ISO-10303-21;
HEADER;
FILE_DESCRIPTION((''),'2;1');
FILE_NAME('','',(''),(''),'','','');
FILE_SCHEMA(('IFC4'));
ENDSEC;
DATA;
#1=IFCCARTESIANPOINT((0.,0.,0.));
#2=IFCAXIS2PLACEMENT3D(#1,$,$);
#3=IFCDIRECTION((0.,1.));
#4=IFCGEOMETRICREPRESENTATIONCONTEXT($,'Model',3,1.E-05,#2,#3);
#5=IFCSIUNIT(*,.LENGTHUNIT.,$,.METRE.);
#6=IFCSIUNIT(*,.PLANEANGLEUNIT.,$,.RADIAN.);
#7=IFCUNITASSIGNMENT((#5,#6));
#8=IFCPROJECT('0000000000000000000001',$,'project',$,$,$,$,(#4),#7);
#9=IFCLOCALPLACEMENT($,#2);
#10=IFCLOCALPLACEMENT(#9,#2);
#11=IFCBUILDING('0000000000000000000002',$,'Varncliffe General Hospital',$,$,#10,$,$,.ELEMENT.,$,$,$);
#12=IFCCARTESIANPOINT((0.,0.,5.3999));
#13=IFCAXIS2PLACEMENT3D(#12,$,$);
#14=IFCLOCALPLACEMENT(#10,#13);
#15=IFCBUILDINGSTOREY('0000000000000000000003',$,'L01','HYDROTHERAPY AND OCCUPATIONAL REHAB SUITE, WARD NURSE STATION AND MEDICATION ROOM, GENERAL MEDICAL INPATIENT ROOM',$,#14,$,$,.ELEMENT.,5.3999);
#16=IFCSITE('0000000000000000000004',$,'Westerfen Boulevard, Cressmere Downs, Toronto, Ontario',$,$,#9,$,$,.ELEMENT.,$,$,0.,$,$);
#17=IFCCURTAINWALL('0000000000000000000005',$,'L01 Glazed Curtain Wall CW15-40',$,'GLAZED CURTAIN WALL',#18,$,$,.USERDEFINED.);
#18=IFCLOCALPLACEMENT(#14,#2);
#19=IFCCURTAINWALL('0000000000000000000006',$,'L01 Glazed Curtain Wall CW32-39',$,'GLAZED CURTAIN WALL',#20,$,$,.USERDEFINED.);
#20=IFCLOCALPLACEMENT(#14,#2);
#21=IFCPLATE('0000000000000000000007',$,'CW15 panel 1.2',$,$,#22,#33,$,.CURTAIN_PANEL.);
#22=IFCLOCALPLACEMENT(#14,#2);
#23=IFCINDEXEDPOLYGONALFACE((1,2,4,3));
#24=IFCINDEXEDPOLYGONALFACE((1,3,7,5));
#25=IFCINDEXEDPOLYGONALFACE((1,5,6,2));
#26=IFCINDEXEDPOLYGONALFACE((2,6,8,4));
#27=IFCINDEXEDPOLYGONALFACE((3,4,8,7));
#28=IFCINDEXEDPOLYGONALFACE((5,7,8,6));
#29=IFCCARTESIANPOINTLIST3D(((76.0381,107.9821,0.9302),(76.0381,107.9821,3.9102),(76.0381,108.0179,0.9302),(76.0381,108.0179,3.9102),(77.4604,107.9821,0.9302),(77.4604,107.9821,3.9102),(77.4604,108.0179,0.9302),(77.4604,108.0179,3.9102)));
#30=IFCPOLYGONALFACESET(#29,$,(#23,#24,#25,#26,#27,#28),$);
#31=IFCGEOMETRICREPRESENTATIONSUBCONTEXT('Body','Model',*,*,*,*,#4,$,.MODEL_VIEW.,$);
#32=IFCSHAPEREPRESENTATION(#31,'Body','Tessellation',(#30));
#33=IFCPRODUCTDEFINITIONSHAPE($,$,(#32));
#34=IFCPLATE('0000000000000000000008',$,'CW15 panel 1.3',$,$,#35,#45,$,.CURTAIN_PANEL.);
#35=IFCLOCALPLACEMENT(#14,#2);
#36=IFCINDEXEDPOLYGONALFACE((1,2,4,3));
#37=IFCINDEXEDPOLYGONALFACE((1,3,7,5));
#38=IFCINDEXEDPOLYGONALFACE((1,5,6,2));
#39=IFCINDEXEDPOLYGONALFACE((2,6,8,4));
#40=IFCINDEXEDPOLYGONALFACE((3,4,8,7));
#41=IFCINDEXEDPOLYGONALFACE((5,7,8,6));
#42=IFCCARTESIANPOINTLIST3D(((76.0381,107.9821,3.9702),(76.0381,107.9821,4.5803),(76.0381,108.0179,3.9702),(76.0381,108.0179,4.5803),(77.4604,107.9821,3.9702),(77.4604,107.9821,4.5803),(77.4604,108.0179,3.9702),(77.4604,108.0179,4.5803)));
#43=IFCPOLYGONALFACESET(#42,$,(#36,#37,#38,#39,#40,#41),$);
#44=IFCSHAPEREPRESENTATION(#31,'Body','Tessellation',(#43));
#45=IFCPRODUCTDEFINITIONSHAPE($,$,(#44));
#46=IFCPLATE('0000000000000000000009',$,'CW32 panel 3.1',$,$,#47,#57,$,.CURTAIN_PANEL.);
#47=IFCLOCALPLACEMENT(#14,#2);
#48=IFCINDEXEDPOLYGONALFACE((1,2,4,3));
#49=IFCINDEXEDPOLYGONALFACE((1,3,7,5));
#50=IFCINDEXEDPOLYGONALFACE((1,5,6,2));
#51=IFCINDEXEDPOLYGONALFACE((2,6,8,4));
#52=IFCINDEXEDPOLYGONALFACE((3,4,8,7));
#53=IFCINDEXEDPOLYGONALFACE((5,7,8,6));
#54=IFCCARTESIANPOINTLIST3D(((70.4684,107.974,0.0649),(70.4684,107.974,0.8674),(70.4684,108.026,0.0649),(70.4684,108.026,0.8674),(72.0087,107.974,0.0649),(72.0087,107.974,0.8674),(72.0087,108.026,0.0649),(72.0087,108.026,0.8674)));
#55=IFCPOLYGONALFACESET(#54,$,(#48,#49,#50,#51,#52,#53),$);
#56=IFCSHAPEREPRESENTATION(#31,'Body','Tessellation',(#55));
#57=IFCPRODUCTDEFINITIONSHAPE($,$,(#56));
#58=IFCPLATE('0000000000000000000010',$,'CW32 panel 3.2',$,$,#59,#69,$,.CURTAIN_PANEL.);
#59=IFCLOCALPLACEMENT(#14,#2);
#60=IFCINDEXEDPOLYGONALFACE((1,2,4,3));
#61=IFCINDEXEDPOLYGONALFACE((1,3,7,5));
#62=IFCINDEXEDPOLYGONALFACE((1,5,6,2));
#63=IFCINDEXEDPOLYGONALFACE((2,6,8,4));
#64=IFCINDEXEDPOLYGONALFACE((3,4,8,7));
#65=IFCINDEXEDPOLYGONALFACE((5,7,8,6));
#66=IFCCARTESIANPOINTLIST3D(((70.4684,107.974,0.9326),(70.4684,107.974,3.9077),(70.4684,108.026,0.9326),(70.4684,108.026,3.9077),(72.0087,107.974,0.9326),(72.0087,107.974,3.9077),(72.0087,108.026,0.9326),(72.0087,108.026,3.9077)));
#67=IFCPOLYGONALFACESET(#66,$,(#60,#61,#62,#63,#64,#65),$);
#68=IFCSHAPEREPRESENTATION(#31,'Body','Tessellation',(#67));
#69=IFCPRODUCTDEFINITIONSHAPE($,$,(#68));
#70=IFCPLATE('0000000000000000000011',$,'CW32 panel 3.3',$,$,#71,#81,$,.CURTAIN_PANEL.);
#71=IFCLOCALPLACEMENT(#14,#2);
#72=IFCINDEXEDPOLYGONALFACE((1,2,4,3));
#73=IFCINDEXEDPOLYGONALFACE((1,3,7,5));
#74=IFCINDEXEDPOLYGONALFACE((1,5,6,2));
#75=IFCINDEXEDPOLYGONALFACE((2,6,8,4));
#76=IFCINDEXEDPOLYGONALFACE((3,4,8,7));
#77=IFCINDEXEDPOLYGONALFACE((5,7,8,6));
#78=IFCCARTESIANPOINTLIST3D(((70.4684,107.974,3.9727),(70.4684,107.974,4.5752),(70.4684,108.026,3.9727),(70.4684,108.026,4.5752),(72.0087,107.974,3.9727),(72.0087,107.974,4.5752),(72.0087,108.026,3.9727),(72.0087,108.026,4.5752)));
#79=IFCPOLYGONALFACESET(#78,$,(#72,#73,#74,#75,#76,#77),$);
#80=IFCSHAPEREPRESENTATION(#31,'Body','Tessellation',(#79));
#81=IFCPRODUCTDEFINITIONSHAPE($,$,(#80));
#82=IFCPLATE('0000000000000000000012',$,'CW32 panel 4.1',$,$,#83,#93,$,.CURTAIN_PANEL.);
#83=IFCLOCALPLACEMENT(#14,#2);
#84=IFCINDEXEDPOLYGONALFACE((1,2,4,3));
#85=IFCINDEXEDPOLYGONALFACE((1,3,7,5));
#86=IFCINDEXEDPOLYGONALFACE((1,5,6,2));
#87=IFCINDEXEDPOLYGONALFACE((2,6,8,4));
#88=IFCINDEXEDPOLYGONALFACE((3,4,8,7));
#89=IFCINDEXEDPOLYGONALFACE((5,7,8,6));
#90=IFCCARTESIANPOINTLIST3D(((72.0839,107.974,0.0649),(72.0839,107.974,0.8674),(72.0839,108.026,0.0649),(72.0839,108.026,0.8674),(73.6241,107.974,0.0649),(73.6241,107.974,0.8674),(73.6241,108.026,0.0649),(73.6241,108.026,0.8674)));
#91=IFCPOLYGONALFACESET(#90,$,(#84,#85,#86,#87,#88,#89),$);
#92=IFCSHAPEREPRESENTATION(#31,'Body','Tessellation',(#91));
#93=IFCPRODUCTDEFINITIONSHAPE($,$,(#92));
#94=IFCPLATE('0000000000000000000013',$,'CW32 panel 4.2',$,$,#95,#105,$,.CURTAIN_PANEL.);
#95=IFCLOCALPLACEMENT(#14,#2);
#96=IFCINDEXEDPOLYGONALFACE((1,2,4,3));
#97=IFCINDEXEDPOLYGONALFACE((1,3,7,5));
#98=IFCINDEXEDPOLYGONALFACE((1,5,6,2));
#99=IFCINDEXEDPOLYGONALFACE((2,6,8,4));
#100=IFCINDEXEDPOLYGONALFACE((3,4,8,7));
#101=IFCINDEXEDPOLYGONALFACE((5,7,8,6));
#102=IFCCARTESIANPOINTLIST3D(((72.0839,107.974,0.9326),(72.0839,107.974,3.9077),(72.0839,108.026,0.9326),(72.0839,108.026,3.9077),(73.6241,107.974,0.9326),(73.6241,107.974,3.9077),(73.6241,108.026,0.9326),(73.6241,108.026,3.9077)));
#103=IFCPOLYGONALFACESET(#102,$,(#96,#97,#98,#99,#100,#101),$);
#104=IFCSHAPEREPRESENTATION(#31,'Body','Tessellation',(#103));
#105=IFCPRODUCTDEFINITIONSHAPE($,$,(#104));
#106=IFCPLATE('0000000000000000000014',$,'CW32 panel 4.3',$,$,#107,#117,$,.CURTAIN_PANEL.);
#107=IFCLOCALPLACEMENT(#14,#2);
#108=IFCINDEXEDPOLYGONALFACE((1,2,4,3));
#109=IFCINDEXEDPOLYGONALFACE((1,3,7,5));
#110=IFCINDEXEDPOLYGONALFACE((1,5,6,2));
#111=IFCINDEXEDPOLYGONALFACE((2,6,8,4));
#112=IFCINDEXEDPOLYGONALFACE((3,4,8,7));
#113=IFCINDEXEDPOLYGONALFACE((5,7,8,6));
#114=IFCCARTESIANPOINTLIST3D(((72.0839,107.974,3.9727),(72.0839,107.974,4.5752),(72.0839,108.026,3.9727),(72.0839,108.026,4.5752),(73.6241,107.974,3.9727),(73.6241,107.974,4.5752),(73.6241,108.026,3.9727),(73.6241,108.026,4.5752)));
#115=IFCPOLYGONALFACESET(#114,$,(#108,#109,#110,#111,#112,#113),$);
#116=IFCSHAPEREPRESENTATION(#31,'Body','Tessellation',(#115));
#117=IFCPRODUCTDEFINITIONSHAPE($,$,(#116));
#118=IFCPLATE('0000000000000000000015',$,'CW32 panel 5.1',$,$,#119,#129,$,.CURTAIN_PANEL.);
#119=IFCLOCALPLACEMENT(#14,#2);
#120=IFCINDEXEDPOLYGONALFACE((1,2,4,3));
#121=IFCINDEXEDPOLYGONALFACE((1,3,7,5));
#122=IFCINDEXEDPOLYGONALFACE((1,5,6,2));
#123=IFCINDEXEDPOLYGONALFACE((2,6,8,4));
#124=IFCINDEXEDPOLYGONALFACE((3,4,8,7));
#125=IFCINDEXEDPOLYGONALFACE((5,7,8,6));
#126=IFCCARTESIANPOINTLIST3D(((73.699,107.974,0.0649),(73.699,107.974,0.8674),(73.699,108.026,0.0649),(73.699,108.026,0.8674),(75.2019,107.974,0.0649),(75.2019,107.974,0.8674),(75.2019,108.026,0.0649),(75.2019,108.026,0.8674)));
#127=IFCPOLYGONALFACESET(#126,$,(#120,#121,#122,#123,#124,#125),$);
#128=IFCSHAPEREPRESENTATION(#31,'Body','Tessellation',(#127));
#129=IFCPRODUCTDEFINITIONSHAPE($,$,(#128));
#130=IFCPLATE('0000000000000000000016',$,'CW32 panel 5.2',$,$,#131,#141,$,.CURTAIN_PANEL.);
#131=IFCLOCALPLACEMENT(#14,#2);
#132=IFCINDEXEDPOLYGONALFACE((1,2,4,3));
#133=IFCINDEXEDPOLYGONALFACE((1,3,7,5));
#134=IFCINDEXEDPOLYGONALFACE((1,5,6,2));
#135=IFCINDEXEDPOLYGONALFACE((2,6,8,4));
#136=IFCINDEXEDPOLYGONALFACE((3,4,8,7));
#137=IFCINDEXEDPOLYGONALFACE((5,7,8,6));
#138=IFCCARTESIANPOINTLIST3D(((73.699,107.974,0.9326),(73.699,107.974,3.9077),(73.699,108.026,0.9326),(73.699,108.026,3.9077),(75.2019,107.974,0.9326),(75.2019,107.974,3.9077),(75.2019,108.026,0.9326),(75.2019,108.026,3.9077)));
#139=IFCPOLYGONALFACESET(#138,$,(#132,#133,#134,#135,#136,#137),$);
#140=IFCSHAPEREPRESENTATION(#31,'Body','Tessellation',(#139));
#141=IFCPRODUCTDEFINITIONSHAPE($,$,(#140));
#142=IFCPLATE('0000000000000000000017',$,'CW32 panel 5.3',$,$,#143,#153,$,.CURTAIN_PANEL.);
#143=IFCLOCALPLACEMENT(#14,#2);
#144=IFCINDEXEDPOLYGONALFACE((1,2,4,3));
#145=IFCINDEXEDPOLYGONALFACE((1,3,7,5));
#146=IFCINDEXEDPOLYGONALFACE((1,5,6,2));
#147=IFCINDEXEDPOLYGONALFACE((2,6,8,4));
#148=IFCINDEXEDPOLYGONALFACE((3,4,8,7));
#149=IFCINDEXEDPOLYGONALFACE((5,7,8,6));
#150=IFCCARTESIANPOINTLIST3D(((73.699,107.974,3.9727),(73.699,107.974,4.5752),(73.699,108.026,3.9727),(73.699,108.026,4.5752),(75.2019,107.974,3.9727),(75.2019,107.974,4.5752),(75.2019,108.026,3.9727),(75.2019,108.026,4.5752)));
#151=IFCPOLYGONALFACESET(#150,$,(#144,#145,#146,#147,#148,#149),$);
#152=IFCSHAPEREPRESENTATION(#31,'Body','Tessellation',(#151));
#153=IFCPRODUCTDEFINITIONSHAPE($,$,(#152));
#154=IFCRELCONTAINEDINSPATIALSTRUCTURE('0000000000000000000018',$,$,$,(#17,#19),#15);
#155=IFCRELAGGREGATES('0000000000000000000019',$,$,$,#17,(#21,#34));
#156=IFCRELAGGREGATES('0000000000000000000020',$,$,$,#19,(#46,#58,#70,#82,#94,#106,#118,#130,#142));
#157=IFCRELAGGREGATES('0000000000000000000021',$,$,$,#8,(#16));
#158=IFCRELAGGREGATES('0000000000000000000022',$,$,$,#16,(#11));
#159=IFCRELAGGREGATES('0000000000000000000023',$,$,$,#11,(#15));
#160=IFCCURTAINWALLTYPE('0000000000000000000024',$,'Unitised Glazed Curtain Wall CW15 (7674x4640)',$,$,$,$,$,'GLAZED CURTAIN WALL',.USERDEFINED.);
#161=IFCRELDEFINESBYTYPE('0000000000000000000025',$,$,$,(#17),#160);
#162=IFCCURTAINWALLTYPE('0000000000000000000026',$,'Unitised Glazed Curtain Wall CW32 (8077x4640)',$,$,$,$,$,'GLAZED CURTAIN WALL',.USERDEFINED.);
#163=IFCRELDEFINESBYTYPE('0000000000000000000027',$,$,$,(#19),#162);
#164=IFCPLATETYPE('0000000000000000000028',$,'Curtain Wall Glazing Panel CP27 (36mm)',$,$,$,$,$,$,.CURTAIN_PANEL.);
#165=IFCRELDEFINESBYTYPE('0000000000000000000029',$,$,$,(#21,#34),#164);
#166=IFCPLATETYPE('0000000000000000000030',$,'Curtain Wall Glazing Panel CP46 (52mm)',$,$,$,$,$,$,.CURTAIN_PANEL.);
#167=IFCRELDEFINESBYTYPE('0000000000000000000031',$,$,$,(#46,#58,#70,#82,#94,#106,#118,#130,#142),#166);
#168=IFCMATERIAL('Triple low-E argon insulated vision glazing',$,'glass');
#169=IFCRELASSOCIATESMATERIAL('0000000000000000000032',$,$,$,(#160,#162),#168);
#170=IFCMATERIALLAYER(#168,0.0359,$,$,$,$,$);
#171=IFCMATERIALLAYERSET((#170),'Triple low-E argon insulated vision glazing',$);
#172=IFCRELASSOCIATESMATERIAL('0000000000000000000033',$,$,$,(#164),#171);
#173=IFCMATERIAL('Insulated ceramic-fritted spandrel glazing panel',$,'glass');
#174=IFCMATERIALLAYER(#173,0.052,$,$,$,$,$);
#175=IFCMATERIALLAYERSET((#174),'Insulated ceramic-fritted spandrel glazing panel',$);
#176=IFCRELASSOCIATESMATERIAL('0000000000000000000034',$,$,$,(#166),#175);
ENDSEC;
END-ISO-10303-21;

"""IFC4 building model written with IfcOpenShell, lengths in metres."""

from ifc_helpers import new_model, si_unit, direction, frame, origin, origin_2d, place, context, subcontext, project, spatial, rectangle, extrude, material, layer, layer_set, type_object, element, aggregate, save


model = new_model("IFC4")

# Units and contexts
model_context = context("Model", 3, precision=1e-05, world=origin(), true_north=direction((0.0, 1.0)))
body_context = subcontext(model_context, "Body", "Model", "MODEL_VIEW")
ifc_project = project(units=[si_unit("LENGTHUNIT", "METRE"), si_unit("PLANEANGLEUNIT", "RADIAN")], contexts=[model_context])

# Site, building, storey
site_placement = place(None, origin())
site = spatial("IfcSite", under=ifc_project, at=site_placement, Name="Westerfen Boulevard, Cressmere Downs, Toronto, Ontario", CompositionType="ELEMENT", RefElevation=0.0)
building_placement = place(site_placement, origin())
building = spatial("IfcBuilding", under=site, at=building_placement, Name="Varncliffe General Hospital", CompositionType="ELEMENT")
storey_placement = place(building_placement, frame((0.0, 0.0, 5.3999)))
storey = spatial("IfcBuildingStorey", under=building, at=storey_placement, Name="L01", Description="HYDROTHERAPY AND OCCUPATIONAL REHAB SUITE, WARD NURSE STATION AND MEDICATION ROOM, GENERAL MEDICAL INPATIENT ROOM", CompositionType="ELEMENT", Elevation=5.3999)

# Curtain walls
ifc_material_1 = material(Name="Triple low-E argon insulated vision glazing", Category="glass")
curtain_wall_type_1 = type_object("IfcCurtainWallType", Name="Unitised Glazed Curtain Wall CW15 (7674x4640)", ElementType="GLAZED CURTAIN WALL", PredefinedType="USERDEFINED", material=ifc_material_1)
curtain_wall_1_placement = place(storey_placement, origin())
curtain_wall_1 = element("IfcCurtainWall", 1, at=curtain_wall_1_placement, inside=storey, type_object=curtain_wall_type_1, Name="L01 Glazed Curtain Wall CW15-40", ObjectType="GLAZED CURTAIN WALL", PredefinedType="USERDEFINED")
curtain_wall_type_2 = type_object("IfcCurtainWallType", Name="Unitised Glazed Curtain Wall CW32 (8077x4640)", ElementType="GLAZED CURTAIN WALL", PredefinedType="USERDEFINED", material=ifc_material_1)
curtain_wall_2_placement = place(storey_placement, origin())
curtain_wall_2 = element("IfcCurtainWall", 2, at=curtain_wall_2_placement, inside=storey, type_object=curtain_wall_type_2, Name="L01 Glazed Curtain Wall CW32-39", ObjectType="GLAZED CURTAIN WALL", PredefinedType="USERDEFINED")

# Plates
ifc_layer_1 = layer(ifc_material_1, 0.0359)
ifc_layer_set_1 = layer_set([ifc_layer_1], Name="Triple low-E argon insulated vision glazing")
plate_type_1 = type_object("IfcPlateType", Name="Curtain Wall Glazing Panel CP27 (36mm)", PredefinedType="CURTAIN_PANEL", material=ifc_layer_set_1)
plate_1_placement = place(storey_placement, frame((76.7493, 108.0, 0.9302), z_axis=(0.0, 0.0, 1.0), x_axis=(1.0, 0.0, 0.0)))
plate_1 = element("IfcPlate", 3, at=plate_1_placement, type_object=plate_type_1, Name="CW15 panel 1.2", PredefinedType="CURTAIN_PANEL", context=body_context, shape_type="SweptSolid", body=[
    extrude(rectangle(XDim=1.4224, YDim=0.0359, at=origin_2d()), origin(), (0.0, 0.0, 1.0), 2.98),
])
plate_2_placement = place(storey_placement, frame((76.7493, 108.0, 3.9702), z_axis=(0.0, 0.0, 1.0), x_axis=(1.0, 0.0, 0.0)))
plate_2 = element("IfcPlate", 4, at=plate_2_placement, type_object=plate_type_1, Name="CW15 panel 1.3", PredefinedType="CURTAIN_PANEL", context=body_context, shape_type="SweptSolid", body=[
    extrude(rectangle(XDim=1.4224, YDim=0.0359, at=origin_2d()), origin(), (0.0, 0.0, 1.0), 0.6101),
])
aggregate(curtain_wall_1, [plate_1, plate_2])
ifc_material_2 = material(Name="Insulated ceramic-fritted spandrel glazing panel", Category="glass")
ifc_layer_2 = layer(ifc_material_2, 0.052)
ifc_layer_set_2 = layer_set([ifc_layer_2], Name="Insulated ceramic-fritted spandrel glazing panel")
plate_type_2 = type_object("IfcPlateType", Name="Curtain Wall Glazing Panel CP46 (52mm)", PredefinedType="CURTAIN_PANEL", material=ifc_layer_set_2)
plate_3_placement = place(storey_placement, frame((71.2385, 108.0, 0.0649), z_axis=(0.0, 0.0, 1.0), x_axis=(1.0, 0.0, 0.0)))
plate_3 = element("IfcPlate", 5, at=plate_3_placement, type_object=plate_type_2, Name="CW32 panel 3.1", PredefinedType="CURTAIN_PANEL", context=body_context, shape_type="SweptSolid", body=[
    extrude(rectangle(XDim=1.5403, YDim=0.052, at=origin_2d()), origin(), (0.0, 0.0, 1.0), 0.8025),
])
plate_4_placement = place(storey_placement, frame((71.2385, 108.0, 0.9326), z_axis=(0.0, 0.0, 1.0), x_axis=(1.0, 0.0, 0.0)))
plate_4 = element("IfcPlate", 6, at=plate_4_placement, type_object=plate_type_2, Name="CW32 panel 3.2", PredefinedType="CURTAIN_PANEL", context=body_context, shape_type="SweptSolid", body=[
    extrude(rectangle(XDim=1.5403, YDim=0.052, at=origin_2d()), origin(), (0.0, 0.0, 1.0), 2.9751),
])
plate_5_placement = place(storey_placement, frame((71.2385, 108.0, 3.9727), z_axis=(0.0, 0.0, 1.0), x_axis=(1.0, 0.0, 0.0)))
plate_5 = element("IfcPlate", 7, at=plate_5_placement, type_object=plate_type_2, Name="CW32 panel 3.3", PredefinedType="CURTAIN_PANEL", context=body_context, shape_type="SweptSolid", body=[
    extrude(rectangle(XDim=1.5403, YDim=0.052, at=origin_2d()), origin(), (0.0, 0.0, 1.0), 0.6025),
])
plate_6_placement = place(storey_placement, frame((72.854, 108.0, 0.0649), z_axis=(0.0, 0.0, 1.0), x_axis=(1.0, 0.0, 0.0)))
plate_6 = element("IfcPlate", 8, at=plate_6_placement, type_object=plate_type_2, Name="CW32 panel 4.1", PredefinedType="CURTAIN_PANEL", context=body_context, shape_type="SweptSolid", body=[
    extrude(rectangle(XDim=1.5403, YDim=0.052, at=origin_2d()), origin(), (0.0, 0.0, 1.0), 0.8025),
])
plate_7_placement = place(storey_placement, frame((72.854, 108.0, 0.9326), z_axis=(0.0, 0.0, 1.0), x_axis=(1.0, 0.0, 0.0)))
plate_7 = element("IfcPlate", 9, at=plate_7_placement, type_object=plate_type_2, Name="CW32 panel 4.2", PredefinedType="CURTAIN_PANEL", context=body_context, shape_type="SweptSolid", body=[
    extrude(rectangle(XDim=1.5403, YDim=0.052, at=origin_2d()), origin(), (0.0, 0.0, 1.0), 2.9751),
])
plate_8_placement = place(storey_placement, frame((72.854, 108.0, 3.9727), z_axis=(0.0, 0.0, 1.0), x_axis=(1.0, 0.0, 0.0)))
plate_8 = element("IfcPlate", 10, at=plate_8_placement, type_object=plate_type_2, Name="CW32 panel 4.3", PredefinedType="CURTAIN_PANEL", context=body_context, shape_type="SweptSolid", body=[
    extrude(rectangle(XDim=1.5403, YDim=0.052, at=origin_2d()), origin(), (0.0, 0.0, 1.0), 0.6025),
])
plate_9_placement = place(storey_placement, frame((74.4504, 108.0, 0.0649), z_axis=(0.0, 0.0, 1.0), x_axis=(1.0, 0.0, 0.0)))
plate_9 = element("IfcPlate", 11, at=plate_9_placement, type_object=plate_type_2, Name="CW32 panel 5.1", PredefinedType="CURTAIN_PANEL", context=body_context, shape_type="SweptSolid", body=[
    extrude(rectangle(XDim=1.5029, YDim=0.052, at=origin_2d()), origin(), (0.0, 0.0, 1.0), 0.8025),
])
plate_10_placement = place(storey_placement, frame((74.4504, 108.0, 0.9326), z_axis=(0.0, 0.0, 1.0), x_axis=(1.0, 0.0, 0.0)))
plate_10 = element("IfcPlate", 12, at=plate_10_placement, type_object=plate_type_2, Name="CW32 panel 5.2", PredefinedType="CURTAIN_PANEL", context=body_context, shape_type="SweptSolid", body=[
    extrude(rectangle(XDim=1.5029, YDim=0.052, at=origin_2d()), origin(), (0.0, 0.0, 1.0), 2.9751),
])
plate_11_placement = place(storey_placement, frame((74.4504, 108.0, 3.9727), z_axis=(0.0, 0.0, 1.0), x_axis=(1.0, 0.0, 0.0)))
plate_11 = element("IfcPlate", 13, at=plate_11_placement, type_object=plate_type_2, Name="CW32 panel 5.3", PredefinedType="CURTAIN_PANEL", context=body_context, shape_type="SweptSolid", body=[
    extrude(rectangle(XDim=1.5029, YDim=0.052, at=origin_2d()), origin(), (0.0, 0.0, 1.0), 0.6025),
])
aggregate(curtain_wall_2, [plate_3, plate_4, plate_5, plate_6, plate_7, plate_8, plate_9, plate_10, plate_11])

save(model, "model.ifc")
